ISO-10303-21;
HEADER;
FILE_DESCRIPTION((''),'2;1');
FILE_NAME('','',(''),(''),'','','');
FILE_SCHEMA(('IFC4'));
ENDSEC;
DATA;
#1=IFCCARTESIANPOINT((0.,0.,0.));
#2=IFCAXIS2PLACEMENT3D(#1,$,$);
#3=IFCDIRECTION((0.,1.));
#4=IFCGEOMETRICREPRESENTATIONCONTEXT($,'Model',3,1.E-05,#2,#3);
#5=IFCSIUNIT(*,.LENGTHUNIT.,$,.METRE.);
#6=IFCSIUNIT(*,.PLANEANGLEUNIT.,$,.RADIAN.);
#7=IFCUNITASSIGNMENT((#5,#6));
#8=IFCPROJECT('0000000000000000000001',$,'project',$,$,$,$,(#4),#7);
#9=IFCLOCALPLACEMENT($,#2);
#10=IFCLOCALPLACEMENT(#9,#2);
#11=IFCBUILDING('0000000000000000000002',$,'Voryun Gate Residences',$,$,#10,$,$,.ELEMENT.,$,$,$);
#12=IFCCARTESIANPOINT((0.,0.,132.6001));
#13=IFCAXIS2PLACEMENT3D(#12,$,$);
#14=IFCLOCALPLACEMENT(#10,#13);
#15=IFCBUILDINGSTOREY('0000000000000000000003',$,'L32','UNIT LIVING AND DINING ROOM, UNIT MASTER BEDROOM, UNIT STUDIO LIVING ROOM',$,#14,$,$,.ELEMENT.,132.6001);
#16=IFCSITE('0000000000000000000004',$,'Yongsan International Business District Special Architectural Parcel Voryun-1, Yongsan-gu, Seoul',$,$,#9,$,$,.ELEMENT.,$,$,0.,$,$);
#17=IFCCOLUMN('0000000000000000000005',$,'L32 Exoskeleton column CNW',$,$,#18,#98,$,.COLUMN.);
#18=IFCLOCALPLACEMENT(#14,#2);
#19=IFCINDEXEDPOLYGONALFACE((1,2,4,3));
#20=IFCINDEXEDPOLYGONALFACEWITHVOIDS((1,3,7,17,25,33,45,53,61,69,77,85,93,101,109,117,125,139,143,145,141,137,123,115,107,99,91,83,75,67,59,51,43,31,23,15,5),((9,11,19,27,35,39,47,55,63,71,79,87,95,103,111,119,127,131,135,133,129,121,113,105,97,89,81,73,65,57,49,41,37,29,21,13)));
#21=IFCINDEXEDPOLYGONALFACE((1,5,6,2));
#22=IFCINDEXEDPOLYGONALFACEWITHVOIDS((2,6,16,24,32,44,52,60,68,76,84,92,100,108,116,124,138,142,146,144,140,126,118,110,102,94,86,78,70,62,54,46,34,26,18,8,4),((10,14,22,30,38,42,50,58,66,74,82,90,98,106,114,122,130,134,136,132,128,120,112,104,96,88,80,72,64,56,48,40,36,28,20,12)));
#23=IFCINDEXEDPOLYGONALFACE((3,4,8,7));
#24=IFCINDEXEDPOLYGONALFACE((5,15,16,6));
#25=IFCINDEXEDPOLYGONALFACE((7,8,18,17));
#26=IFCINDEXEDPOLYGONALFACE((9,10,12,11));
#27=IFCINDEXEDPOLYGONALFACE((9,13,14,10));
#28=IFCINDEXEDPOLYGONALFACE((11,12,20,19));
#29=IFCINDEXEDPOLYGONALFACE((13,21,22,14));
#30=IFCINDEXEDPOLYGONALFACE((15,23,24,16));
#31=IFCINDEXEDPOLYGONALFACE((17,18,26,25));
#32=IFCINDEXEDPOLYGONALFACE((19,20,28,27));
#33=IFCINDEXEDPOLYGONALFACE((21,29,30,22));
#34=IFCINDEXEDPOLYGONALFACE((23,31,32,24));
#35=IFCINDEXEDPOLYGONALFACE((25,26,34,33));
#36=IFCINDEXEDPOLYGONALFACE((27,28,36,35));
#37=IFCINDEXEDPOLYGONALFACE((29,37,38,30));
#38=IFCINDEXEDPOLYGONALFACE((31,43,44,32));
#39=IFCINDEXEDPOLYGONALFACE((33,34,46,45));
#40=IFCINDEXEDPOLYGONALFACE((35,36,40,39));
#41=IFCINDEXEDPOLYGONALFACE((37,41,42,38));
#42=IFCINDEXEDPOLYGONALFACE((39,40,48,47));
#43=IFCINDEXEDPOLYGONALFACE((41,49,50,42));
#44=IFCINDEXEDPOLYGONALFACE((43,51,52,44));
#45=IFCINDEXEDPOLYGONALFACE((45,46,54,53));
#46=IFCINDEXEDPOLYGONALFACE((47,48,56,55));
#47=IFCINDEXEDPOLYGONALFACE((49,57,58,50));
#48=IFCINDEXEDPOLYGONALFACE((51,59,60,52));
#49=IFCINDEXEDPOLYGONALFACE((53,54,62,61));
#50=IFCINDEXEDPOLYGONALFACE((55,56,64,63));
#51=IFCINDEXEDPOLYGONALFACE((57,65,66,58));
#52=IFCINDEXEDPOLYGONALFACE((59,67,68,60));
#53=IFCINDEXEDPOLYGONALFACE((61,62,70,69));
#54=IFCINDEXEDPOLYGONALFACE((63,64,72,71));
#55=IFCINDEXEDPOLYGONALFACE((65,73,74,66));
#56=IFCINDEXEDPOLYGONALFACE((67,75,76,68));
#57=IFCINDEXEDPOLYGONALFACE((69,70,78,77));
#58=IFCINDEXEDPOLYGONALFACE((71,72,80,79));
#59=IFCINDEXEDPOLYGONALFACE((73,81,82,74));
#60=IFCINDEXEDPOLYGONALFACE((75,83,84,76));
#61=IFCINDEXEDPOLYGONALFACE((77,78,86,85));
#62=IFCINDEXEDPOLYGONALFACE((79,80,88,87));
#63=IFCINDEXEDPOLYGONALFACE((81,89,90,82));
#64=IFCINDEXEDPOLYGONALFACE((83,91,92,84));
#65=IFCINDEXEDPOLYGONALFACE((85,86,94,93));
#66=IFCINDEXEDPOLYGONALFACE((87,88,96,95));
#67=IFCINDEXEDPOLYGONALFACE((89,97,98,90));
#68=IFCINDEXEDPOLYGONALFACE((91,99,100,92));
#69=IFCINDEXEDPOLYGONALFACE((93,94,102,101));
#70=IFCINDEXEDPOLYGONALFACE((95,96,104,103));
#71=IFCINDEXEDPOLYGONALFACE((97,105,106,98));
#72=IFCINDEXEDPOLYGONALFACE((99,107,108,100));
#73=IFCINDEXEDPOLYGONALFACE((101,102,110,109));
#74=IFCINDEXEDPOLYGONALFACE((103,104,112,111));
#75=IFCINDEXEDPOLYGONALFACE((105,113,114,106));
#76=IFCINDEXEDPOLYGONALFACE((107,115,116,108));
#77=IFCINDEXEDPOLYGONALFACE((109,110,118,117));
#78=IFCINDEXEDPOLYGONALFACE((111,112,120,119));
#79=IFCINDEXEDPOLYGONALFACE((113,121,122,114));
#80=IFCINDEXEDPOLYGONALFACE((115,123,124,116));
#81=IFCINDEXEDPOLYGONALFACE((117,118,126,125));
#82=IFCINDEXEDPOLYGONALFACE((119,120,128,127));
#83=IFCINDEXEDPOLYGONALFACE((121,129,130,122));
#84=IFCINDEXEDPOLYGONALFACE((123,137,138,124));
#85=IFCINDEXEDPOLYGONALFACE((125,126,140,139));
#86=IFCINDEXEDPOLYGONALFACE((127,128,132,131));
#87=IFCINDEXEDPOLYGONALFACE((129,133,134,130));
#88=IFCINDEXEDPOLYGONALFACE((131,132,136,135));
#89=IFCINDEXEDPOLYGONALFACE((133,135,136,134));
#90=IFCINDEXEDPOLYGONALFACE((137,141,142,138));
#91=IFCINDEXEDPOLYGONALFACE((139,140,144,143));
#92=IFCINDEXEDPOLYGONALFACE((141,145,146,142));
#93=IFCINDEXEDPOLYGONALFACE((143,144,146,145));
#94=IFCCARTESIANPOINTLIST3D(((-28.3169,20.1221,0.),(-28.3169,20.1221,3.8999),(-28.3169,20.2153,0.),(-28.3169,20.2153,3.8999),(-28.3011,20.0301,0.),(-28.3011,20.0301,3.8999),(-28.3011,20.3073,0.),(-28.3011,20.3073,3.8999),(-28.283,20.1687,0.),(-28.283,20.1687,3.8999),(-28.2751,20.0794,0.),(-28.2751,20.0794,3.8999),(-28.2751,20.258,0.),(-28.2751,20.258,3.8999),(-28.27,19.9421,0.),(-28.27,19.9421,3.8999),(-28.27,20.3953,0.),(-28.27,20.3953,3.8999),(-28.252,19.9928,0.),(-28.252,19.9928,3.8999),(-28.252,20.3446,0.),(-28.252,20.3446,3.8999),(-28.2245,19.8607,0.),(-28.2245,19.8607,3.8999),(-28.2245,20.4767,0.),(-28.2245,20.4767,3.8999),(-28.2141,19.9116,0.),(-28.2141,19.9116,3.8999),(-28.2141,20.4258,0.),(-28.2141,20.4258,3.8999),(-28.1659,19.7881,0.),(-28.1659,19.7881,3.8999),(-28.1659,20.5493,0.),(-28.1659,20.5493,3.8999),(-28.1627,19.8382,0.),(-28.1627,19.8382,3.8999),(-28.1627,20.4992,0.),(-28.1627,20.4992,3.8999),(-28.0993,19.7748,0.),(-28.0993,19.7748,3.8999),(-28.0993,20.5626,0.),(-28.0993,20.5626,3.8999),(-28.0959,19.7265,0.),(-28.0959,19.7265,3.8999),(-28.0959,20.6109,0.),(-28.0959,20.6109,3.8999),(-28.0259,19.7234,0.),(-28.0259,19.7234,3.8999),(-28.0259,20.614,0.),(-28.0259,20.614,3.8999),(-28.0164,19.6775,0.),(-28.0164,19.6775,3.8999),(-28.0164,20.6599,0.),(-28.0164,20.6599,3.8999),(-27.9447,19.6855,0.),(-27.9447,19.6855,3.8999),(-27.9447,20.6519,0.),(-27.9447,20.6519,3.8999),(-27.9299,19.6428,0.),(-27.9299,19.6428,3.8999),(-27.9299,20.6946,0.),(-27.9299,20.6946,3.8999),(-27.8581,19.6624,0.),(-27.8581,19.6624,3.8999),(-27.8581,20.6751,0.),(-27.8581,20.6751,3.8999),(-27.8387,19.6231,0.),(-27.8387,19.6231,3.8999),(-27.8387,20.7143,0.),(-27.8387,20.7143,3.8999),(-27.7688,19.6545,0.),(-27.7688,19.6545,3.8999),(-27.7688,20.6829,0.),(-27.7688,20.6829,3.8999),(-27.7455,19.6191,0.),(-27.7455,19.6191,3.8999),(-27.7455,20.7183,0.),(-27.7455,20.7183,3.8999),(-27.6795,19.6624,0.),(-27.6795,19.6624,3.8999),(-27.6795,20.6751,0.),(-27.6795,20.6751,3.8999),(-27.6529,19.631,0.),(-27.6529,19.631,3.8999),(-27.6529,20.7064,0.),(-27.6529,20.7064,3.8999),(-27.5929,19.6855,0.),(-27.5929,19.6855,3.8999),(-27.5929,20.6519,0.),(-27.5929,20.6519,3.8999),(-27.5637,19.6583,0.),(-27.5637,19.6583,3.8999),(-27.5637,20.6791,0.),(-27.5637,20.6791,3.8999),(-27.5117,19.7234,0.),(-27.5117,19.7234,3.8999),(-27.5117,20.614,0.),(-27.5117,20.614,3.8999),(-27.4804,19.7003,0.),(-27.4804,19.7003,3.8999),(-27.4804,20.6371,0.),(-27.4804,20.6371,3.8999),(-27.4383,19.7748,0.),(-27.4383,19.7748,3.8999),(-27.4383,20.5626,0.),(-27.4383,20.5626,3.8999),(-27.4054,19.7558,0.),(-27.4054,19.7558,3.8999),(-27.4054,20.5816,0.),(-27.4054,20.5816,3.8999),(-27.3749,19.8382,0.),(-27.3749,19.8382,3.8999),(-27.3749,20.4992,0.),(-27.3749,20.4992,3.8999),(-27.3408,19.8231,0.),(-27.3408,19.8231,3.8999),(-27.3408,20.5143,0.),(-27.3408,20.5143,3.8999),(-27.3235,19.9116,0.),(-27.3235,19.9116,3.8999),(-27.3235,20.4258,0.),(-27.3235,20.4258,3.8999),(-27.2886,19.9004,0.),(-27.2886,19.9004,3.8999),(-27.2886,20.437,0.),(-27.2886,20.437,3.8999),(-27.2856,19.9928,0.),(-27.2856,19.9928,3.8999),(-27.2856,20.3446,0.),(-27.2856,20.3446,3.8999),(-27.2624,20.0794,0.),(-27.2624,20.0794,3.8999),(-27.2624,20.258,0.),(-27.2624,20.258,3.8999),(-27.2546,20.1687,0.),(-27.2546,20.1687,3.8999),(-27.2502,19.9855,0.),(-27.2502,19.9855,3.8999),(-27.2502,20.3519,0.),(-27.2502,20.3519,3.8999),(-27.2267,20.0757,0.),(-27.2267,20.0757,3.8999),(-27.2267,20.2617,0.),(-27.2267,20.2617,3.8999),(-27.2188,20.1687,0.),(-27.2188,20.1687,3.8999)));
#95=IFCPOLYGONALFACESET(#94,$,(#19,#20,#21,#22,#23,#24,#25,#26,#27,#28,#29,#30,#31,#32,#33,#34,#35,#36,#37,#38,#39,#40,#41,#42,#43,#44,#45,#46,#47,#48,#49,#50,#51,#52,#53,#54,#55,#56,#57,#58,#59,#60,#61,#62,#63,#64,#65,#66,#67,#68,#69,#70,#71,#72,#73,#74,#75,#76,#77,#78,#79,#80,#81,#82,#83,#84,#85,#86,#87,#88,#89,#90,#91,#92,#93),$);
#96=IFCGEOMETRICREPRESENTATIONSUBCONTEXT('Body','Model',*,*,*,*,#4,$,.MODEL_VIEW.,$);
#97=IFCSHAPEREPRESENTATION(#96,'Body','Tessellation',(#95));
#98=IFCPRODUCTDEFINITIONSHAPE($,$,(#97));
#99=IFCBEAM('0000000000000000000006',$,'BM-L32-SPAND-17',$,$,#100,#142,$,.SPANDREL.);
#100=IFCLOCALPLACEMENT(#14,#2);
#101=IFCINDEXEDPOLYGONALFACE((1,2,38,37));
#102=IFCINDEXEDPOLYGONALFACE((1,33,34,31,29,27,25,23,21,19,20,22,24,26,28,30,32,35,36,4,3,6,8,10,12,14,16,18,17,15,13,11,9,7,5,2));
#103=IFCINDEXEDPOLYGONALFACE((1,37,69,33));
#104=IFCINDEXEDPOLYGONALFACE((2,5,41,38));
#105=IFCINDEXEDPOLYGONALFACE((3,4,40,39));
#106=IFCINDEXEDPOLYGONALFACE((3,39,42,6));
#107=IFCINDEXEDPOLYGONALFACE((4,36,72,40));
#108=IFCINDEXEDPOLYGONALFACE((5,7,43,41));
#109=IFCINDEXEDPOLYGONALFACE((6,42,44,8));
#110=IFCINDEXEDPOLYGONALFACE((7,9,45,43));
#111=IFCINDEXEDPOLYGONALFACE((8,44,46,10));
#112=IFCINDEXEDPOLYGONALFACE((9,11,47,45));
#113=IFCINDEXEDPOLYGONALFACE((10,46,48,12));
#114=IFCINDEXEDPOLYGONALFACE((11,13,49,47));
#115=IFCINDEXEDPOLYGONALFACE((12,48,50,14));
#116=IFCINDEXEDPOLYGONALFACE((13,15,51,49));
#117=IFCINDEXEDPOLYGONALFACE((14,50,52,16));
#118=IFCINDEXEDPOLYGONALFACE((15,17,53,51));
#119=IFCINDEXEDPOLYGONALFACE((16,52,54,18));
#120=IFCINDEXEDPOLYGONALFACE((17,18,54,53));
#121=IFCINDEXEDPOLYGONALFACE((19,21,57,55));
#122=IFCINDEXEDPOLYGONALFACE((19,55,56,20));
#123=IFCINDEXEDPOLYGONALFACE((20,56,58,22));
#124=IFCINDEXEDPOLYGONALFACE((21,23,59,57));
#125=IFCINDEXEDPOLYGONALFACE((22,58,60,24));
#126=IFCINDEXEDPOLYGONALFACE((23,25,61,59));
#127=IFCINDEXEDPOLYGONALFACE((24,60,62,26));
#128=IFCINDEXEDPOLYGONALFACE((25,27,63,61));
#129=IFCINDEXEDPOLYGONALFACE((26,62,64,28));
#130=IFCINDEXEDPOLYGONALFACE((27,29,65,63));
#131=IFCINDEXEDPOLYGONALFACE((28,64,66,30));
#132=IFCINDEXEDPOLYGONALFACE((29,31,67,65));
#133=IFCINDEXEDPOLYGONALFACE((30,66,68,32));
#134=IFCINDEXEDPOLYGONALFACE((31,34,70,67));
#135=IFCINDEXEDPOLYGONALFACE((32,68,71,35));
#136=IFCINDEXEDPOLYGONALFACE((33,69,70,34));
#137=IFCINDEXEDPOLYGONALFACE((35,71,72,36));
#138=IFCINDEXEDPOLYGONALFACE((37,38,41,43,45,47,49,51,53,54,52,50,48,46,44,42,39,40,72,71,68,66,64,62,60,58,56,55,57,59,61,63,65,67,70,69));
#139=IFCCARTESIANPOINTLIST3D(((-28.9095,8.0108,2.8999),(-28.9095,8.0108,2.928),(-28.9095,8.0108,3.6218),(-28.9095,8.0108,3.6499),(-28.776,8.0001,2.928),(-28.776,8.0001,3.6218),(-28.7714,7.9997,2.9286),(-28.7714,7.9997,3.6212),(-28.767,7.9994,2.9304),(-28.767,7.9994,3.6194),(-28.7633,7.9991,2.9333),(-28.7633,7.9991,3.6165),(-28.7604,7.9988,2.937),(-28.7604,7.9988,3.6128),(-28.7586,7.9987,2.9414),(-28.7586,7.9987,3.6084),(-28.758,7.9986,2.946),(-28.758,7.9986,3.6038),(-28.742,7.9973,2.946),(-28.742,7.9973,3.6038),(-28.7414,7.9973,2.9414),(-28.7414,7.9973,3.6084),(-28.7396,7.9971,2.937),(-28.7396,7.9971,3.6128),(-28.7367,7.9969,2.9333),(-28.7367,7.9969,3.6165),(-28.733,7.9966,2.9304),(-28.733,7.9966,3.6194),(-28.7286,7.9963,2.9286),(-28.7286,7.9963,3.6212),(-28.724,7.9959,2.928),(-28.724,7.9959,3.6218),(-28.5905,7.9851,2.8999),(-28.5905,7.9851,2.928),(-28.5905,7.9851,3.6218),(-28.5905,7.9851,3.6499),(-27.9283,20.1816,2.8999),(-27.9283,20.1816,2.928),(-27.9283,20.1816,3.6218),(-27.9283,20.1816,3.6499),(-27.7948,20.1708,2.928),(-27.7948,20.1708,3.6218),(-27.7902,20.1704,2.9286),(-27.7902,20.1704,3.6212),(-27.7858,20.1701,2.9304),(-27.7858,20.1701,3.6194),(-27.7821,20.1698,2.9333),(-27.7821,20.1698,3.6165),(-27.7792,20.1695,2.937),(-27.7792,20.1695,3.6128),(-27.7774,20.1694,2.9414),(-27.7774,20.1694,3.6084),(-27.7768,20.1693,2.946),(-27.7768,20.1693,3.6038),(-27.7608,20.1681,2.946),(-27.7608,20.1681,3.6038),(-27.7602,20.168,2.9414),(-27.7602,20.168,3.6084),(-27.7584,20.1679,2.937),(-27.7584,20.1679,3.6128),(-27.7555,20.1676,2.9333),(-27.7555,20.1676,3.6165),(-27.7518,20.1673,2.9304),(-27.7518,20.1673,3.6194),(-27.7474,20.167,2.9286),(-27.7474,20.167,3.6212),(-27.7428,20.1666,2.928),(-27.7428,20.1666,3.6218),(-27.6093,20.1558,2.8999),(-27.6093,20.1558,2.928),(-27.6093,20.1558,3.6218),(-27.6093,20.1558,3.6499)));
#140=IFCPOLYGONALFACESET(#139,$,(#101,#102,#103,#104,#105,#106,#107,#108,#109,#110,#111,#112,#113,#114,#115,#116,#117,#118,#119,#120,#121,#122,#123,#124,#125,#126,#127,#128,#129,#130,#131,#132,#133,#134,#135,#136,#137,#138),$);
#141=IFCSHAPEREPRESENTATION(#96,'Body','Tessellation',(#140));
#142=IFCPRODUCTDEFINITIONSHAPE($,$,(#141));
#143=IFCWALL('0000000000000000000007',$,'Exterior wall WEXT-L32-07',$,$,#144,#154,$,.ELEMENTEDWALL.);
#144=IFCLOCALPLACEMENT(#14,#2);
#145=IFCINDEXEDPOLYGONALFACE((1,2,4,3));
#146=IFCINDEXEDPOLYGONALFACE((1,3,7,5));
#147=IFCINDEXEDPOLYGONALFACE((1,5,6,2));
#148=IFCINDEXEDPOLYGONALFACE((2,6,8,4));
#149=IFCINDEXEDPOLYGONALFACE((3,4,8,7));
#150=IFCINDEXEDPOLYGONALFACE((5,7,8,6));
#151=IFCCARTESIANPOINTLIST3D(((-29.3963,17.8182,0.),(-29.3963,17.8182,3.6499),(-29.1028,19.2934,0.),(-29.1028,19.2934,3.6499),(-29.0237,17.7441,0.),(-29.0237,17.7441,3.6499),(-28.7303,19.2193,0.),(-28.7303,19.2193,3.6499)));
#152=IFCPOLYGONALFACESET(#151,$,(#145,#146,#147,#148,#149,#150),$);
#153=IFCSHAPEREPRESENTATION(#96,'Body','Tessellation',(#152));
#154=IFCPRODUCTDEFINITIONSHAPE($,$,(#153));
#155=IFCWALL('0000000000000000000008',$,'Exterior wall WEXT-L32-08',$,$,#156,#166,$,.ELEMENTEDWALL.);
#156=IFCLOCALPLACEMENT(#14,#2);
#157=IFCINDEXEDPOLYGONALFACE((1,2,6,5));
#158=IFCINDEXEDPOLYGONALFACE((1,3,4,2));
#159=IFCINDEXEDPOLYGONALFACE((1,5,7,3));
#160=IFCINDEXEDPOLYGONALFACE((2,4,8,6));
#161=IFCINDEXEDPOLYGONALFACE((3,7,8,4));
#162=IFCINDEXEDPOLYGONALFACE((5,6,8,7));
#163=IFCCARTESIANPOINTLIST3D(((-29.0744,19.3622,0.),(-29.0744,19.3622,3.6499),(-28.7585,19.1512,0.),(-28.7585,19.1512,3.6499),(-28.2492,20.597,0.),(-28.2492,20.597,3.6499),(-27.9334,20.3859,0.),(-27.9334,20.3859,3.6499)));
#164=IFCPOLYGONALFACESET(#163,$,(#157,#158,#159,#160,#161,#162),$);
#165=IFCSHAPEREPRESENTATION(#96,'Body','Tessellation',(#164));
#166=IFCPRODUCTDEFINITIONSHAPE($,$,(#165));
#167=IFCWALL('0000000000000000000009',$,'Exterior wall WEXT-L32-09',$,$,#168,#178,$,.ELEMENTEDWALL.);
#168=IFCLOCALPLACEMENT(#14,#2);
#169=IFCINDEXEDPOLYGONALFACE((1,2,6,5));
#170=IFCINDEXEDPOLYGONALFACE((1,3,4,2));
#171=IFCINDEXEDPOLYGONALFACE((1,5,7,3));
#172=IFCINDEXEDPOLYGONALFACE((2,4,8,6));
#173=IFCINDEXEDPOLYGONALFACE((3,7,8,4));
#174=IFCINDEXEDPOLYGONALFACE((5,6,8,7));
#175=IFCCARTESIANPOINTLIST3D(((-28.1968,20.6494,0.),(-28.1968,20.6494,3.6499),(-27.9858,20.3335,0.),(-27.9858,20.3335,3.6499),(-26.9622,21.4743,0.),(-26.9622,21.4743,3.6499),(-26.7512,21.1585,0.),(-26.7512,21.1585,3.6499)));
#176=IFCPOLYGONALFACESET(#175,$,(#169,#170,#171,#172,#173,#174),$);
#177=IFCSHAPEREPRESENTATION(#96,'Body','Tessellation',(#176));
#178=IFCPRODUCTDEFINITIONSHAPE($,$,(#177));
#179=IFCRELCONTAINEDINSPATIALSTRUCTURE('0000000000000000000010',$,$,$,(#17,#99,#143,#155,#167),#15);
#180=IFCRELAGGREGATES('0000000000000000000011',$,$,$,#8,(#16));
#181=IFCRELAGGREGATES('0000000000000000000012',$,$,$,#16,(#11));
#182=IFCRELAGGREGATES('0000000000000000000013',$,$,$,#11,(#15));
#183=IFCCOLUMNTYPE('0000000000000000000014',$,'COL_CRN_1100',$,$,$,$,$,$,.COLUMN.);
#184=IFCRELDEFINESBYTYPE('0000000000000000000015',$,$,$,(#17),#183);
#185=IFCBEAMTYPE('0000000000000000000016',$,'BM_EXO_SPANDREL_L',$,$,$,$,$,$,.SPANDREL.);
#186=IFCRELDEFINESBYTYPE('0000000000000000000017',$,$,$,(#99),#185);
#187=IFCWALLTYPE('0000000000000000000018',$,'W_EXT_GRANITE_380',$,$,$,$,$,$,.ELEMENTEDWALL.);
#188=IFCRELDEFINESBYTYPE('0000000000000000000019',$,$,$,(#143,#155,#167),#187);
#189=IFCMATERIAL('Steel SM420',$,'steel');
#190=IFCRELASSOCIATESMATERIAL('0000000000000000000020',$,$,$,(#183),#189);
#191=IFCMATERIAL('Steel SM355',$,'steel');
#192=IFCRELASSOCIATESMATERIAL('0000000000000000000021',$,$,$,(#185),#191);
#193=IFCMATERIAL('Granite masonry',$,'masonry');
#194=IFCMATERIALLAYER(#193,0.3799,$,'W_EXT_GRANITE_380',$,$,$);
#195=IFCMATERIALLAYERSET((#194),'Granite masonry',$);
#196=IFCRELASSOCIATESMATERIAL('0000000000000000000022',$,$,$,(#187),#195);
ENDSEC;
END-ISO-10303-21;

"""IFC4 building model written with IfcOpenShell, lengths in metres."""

from ifc_helpers import new_model, si_unit, direction, frame, frame_2d, origin, origin_2d, place, context, subcontext, project, spatial, rectangle, hollow_circle, i_section, extrude, material, layer, layer_set, material_profile, profile_set, type_object, element, save


model = new_model("IFC4")

# Units and contexts
model_context = context("Model", 3, precision=1e-05, world=origin(), true_north=direction((0.0, 1.0)))
body_context = subcontext(model_context, "Body", "Model", "MODEL_VIEW")
ifc_project = project(units=[si_unit("LENGTHUNIT", "METRE"), si_unit("PLANEANGLEUNIT", "RADIAN")], contexts=[model_context])

# Site, building, storey
site_placement = place(None, origin())
site = spatial("IfcSite", under=ifc_project, at=site_placement, Name="Yongsan International Business District Special Architectural Parcel Voryun-1, Yongsan-gu, Seoul", CompositionType="ELEMENT", RefElevation=0.0)
building_placement = place(site_placement, origin())
building = spatial("IfcBuilding", under=site, at=building_placement, Name="Voryun Gate Residences", CompositionType="ELEMENT")
storey_placement = place(building_placement, frame((0.0, 0.0, 132.6001)))
storey = spatial("IfcBuildingStorey", under=building, at=storey_placement, Name="L32", Description="UNIT LIVING AND DINING ROOM, UNIT MASTER BEDROOM, UNIT STUDIO LIVING ROOM", CompositionType="ELEMENT", Elevation=132.6001)

# Column
ifc_material_1 = material(Name="Steel SM420", Category="steel")
ifc_material_profile_1 = material_profile(ifc_material_1, hollow_circle(Radius=0.55, WallThickness=0.0359, at=origin_2d()), Name="CHS-1100x36")
ifc_profile_set_1 = profile_set([ifc_material_profile_1], Name="Steel SM420")
column_type = type_object("IfcColumnType", Name="COL_CRN_1100", PredefinedType="COLUMN", material=ifc_profile_set_1)
column_placement = place(storey_placement, frame((-27.7688, 20.1687, 0.0), z_axis=(0.0, 0.0, 1.0), x_axis=(1.0, 0.0, 0.0)))
element("IfcColumn", 1, at=column_placement, inside=storey, type_object=column_type, Name="L32 Exoskeleton column CNW", PredefinedType="COLUMN", context=body_context, shape_type="SweptSolid", body=[
    extrude(hollow_circle(Radius=0.55, WallThickness=0.0359, at=origin_2d()), origin(), (0.0, 0.0, 1.0), 3.8999),
])

# Beam
ifc_material_2 = material(Name="Steel SM355", Category="steel")
ifc_material_profile_2 = material_profile(ifc_material_2, i_section(OverallWidth=0.3201, OverallDepth=0.75, WebThickness=0.0161, FlangeThickness=0.0281, FilletRadius=0.0181, at=origin_2d()), Name="H-750x320x16x28")
ifc_profile_set_2 = profile_set([ifc_material_profile_2], Name="Steel SM355")
beam_type = type_object("IfcBeamType", Name="BM_EXO_SPANDREL_L", PredefinedType="SPANDREL", material=ifc_profile_set_2)
beam_placement = place(storey_placement, frame((-27.7688, 20.1687, 3.2749), z_axis=(-0.08036, -0.996766, 0.0), x_axis=(0.996766, -0.08036, 0.0)))
element("IfcBeam", 2, at=beam_placement, inside=storey, type_object=beam_type, Name="BM-L32-SPAND-17", PredefinedType="SPANDREL", context=body_context, shape_type="SweptSolid", body=[
    extrude(i_section(OverallWidth=0.3201, OverallDepth=0.75, WebThickness=0.0161, FlangeThickness=0.0281, FilletRadius=0.0181, at=origin_2d()), origin(), (0.0, 0.0, 1.0), 12.2102),
])

# Walls
ifc_material_3 = material(Name="Granite masonry", Category="masonry")
ifc_layer = layer(ifc_material_3, 0.3799, Name="W_EXT_GRANITE_380")
ifc_layer_set = layer_set([ifc_layer], Name="Granite masonry")
wall_type = type_object("IfcWallType", Name="W_EXT_GRANITE_380", PredefinedType="ELEMENTEDWALL", material=ifc_layer_set)
wall_1_placement = place(storey_placement, frame((-29.21, 17.7812, 0.0), z_axis=(0.0, 0.0, 1.0), x_axis=(0.195086, 0.980786, 0.0)))
element("IfcWall", 3, at=wall_1_placement, inside=storey, type_object=wall_type, Name="Exterior wall WEXT-L32-07", PredefinedType="ELEMENTEDWALL", context=body_context, shape_type="SweptSolid", body=[
    extrude(rectangle(XDim=1.5042, YDim=0.3799, at=frame_2d((0.752, 0.0))), origin(), (0.0, 0.0, 1.0), 3.6499),
])
wall_2_placement = place(storey_placement, frame((-28.9165, 19.2566, 0.0), z_axis=(0.0, 0.0, 1.0), x_axis=(0.55561, 0.831443, 0.0)))
element("IfcWall", 4, at=wall_2_placement, inside=storey, type_object=wall_type, Name="Exterior wall WEXT-L32-08", PredefinedType="ELEMENTEDWALL", context=body_context, shape_type="SweptSolid", body=[
    extrude(rectangle(XDim=1.4851, YDim=0.3799, at=frame_2d((0.7427, 0.0))), origin(), (0.0, 0.0, 1.0), 3.6499),
])
wall_3_placement = place(storey_placement, frame((-28.0913, 20.4915, 0.0), z_axis=(0.0, 0.0, 1.0), x_axis=(0.831468, 0.555573, 0.0)))
element("IfcWall", 5, at=wall_3_placement, inside=storey, type_object=wall_type, Name="Exterior wall WEXT-L32-09", PredefinedType="ELEMENTEDWALL", context=body_context, shape_type="SweptSolid", body=[
    extrude(rectangle(XDim=1.4849, YDim=0.3799, at=frame_2d((0.7424, 0.0))), origin(), (0.0, 0.0, 1.0), 3.6499),
])

save(model, "model.ifc")
